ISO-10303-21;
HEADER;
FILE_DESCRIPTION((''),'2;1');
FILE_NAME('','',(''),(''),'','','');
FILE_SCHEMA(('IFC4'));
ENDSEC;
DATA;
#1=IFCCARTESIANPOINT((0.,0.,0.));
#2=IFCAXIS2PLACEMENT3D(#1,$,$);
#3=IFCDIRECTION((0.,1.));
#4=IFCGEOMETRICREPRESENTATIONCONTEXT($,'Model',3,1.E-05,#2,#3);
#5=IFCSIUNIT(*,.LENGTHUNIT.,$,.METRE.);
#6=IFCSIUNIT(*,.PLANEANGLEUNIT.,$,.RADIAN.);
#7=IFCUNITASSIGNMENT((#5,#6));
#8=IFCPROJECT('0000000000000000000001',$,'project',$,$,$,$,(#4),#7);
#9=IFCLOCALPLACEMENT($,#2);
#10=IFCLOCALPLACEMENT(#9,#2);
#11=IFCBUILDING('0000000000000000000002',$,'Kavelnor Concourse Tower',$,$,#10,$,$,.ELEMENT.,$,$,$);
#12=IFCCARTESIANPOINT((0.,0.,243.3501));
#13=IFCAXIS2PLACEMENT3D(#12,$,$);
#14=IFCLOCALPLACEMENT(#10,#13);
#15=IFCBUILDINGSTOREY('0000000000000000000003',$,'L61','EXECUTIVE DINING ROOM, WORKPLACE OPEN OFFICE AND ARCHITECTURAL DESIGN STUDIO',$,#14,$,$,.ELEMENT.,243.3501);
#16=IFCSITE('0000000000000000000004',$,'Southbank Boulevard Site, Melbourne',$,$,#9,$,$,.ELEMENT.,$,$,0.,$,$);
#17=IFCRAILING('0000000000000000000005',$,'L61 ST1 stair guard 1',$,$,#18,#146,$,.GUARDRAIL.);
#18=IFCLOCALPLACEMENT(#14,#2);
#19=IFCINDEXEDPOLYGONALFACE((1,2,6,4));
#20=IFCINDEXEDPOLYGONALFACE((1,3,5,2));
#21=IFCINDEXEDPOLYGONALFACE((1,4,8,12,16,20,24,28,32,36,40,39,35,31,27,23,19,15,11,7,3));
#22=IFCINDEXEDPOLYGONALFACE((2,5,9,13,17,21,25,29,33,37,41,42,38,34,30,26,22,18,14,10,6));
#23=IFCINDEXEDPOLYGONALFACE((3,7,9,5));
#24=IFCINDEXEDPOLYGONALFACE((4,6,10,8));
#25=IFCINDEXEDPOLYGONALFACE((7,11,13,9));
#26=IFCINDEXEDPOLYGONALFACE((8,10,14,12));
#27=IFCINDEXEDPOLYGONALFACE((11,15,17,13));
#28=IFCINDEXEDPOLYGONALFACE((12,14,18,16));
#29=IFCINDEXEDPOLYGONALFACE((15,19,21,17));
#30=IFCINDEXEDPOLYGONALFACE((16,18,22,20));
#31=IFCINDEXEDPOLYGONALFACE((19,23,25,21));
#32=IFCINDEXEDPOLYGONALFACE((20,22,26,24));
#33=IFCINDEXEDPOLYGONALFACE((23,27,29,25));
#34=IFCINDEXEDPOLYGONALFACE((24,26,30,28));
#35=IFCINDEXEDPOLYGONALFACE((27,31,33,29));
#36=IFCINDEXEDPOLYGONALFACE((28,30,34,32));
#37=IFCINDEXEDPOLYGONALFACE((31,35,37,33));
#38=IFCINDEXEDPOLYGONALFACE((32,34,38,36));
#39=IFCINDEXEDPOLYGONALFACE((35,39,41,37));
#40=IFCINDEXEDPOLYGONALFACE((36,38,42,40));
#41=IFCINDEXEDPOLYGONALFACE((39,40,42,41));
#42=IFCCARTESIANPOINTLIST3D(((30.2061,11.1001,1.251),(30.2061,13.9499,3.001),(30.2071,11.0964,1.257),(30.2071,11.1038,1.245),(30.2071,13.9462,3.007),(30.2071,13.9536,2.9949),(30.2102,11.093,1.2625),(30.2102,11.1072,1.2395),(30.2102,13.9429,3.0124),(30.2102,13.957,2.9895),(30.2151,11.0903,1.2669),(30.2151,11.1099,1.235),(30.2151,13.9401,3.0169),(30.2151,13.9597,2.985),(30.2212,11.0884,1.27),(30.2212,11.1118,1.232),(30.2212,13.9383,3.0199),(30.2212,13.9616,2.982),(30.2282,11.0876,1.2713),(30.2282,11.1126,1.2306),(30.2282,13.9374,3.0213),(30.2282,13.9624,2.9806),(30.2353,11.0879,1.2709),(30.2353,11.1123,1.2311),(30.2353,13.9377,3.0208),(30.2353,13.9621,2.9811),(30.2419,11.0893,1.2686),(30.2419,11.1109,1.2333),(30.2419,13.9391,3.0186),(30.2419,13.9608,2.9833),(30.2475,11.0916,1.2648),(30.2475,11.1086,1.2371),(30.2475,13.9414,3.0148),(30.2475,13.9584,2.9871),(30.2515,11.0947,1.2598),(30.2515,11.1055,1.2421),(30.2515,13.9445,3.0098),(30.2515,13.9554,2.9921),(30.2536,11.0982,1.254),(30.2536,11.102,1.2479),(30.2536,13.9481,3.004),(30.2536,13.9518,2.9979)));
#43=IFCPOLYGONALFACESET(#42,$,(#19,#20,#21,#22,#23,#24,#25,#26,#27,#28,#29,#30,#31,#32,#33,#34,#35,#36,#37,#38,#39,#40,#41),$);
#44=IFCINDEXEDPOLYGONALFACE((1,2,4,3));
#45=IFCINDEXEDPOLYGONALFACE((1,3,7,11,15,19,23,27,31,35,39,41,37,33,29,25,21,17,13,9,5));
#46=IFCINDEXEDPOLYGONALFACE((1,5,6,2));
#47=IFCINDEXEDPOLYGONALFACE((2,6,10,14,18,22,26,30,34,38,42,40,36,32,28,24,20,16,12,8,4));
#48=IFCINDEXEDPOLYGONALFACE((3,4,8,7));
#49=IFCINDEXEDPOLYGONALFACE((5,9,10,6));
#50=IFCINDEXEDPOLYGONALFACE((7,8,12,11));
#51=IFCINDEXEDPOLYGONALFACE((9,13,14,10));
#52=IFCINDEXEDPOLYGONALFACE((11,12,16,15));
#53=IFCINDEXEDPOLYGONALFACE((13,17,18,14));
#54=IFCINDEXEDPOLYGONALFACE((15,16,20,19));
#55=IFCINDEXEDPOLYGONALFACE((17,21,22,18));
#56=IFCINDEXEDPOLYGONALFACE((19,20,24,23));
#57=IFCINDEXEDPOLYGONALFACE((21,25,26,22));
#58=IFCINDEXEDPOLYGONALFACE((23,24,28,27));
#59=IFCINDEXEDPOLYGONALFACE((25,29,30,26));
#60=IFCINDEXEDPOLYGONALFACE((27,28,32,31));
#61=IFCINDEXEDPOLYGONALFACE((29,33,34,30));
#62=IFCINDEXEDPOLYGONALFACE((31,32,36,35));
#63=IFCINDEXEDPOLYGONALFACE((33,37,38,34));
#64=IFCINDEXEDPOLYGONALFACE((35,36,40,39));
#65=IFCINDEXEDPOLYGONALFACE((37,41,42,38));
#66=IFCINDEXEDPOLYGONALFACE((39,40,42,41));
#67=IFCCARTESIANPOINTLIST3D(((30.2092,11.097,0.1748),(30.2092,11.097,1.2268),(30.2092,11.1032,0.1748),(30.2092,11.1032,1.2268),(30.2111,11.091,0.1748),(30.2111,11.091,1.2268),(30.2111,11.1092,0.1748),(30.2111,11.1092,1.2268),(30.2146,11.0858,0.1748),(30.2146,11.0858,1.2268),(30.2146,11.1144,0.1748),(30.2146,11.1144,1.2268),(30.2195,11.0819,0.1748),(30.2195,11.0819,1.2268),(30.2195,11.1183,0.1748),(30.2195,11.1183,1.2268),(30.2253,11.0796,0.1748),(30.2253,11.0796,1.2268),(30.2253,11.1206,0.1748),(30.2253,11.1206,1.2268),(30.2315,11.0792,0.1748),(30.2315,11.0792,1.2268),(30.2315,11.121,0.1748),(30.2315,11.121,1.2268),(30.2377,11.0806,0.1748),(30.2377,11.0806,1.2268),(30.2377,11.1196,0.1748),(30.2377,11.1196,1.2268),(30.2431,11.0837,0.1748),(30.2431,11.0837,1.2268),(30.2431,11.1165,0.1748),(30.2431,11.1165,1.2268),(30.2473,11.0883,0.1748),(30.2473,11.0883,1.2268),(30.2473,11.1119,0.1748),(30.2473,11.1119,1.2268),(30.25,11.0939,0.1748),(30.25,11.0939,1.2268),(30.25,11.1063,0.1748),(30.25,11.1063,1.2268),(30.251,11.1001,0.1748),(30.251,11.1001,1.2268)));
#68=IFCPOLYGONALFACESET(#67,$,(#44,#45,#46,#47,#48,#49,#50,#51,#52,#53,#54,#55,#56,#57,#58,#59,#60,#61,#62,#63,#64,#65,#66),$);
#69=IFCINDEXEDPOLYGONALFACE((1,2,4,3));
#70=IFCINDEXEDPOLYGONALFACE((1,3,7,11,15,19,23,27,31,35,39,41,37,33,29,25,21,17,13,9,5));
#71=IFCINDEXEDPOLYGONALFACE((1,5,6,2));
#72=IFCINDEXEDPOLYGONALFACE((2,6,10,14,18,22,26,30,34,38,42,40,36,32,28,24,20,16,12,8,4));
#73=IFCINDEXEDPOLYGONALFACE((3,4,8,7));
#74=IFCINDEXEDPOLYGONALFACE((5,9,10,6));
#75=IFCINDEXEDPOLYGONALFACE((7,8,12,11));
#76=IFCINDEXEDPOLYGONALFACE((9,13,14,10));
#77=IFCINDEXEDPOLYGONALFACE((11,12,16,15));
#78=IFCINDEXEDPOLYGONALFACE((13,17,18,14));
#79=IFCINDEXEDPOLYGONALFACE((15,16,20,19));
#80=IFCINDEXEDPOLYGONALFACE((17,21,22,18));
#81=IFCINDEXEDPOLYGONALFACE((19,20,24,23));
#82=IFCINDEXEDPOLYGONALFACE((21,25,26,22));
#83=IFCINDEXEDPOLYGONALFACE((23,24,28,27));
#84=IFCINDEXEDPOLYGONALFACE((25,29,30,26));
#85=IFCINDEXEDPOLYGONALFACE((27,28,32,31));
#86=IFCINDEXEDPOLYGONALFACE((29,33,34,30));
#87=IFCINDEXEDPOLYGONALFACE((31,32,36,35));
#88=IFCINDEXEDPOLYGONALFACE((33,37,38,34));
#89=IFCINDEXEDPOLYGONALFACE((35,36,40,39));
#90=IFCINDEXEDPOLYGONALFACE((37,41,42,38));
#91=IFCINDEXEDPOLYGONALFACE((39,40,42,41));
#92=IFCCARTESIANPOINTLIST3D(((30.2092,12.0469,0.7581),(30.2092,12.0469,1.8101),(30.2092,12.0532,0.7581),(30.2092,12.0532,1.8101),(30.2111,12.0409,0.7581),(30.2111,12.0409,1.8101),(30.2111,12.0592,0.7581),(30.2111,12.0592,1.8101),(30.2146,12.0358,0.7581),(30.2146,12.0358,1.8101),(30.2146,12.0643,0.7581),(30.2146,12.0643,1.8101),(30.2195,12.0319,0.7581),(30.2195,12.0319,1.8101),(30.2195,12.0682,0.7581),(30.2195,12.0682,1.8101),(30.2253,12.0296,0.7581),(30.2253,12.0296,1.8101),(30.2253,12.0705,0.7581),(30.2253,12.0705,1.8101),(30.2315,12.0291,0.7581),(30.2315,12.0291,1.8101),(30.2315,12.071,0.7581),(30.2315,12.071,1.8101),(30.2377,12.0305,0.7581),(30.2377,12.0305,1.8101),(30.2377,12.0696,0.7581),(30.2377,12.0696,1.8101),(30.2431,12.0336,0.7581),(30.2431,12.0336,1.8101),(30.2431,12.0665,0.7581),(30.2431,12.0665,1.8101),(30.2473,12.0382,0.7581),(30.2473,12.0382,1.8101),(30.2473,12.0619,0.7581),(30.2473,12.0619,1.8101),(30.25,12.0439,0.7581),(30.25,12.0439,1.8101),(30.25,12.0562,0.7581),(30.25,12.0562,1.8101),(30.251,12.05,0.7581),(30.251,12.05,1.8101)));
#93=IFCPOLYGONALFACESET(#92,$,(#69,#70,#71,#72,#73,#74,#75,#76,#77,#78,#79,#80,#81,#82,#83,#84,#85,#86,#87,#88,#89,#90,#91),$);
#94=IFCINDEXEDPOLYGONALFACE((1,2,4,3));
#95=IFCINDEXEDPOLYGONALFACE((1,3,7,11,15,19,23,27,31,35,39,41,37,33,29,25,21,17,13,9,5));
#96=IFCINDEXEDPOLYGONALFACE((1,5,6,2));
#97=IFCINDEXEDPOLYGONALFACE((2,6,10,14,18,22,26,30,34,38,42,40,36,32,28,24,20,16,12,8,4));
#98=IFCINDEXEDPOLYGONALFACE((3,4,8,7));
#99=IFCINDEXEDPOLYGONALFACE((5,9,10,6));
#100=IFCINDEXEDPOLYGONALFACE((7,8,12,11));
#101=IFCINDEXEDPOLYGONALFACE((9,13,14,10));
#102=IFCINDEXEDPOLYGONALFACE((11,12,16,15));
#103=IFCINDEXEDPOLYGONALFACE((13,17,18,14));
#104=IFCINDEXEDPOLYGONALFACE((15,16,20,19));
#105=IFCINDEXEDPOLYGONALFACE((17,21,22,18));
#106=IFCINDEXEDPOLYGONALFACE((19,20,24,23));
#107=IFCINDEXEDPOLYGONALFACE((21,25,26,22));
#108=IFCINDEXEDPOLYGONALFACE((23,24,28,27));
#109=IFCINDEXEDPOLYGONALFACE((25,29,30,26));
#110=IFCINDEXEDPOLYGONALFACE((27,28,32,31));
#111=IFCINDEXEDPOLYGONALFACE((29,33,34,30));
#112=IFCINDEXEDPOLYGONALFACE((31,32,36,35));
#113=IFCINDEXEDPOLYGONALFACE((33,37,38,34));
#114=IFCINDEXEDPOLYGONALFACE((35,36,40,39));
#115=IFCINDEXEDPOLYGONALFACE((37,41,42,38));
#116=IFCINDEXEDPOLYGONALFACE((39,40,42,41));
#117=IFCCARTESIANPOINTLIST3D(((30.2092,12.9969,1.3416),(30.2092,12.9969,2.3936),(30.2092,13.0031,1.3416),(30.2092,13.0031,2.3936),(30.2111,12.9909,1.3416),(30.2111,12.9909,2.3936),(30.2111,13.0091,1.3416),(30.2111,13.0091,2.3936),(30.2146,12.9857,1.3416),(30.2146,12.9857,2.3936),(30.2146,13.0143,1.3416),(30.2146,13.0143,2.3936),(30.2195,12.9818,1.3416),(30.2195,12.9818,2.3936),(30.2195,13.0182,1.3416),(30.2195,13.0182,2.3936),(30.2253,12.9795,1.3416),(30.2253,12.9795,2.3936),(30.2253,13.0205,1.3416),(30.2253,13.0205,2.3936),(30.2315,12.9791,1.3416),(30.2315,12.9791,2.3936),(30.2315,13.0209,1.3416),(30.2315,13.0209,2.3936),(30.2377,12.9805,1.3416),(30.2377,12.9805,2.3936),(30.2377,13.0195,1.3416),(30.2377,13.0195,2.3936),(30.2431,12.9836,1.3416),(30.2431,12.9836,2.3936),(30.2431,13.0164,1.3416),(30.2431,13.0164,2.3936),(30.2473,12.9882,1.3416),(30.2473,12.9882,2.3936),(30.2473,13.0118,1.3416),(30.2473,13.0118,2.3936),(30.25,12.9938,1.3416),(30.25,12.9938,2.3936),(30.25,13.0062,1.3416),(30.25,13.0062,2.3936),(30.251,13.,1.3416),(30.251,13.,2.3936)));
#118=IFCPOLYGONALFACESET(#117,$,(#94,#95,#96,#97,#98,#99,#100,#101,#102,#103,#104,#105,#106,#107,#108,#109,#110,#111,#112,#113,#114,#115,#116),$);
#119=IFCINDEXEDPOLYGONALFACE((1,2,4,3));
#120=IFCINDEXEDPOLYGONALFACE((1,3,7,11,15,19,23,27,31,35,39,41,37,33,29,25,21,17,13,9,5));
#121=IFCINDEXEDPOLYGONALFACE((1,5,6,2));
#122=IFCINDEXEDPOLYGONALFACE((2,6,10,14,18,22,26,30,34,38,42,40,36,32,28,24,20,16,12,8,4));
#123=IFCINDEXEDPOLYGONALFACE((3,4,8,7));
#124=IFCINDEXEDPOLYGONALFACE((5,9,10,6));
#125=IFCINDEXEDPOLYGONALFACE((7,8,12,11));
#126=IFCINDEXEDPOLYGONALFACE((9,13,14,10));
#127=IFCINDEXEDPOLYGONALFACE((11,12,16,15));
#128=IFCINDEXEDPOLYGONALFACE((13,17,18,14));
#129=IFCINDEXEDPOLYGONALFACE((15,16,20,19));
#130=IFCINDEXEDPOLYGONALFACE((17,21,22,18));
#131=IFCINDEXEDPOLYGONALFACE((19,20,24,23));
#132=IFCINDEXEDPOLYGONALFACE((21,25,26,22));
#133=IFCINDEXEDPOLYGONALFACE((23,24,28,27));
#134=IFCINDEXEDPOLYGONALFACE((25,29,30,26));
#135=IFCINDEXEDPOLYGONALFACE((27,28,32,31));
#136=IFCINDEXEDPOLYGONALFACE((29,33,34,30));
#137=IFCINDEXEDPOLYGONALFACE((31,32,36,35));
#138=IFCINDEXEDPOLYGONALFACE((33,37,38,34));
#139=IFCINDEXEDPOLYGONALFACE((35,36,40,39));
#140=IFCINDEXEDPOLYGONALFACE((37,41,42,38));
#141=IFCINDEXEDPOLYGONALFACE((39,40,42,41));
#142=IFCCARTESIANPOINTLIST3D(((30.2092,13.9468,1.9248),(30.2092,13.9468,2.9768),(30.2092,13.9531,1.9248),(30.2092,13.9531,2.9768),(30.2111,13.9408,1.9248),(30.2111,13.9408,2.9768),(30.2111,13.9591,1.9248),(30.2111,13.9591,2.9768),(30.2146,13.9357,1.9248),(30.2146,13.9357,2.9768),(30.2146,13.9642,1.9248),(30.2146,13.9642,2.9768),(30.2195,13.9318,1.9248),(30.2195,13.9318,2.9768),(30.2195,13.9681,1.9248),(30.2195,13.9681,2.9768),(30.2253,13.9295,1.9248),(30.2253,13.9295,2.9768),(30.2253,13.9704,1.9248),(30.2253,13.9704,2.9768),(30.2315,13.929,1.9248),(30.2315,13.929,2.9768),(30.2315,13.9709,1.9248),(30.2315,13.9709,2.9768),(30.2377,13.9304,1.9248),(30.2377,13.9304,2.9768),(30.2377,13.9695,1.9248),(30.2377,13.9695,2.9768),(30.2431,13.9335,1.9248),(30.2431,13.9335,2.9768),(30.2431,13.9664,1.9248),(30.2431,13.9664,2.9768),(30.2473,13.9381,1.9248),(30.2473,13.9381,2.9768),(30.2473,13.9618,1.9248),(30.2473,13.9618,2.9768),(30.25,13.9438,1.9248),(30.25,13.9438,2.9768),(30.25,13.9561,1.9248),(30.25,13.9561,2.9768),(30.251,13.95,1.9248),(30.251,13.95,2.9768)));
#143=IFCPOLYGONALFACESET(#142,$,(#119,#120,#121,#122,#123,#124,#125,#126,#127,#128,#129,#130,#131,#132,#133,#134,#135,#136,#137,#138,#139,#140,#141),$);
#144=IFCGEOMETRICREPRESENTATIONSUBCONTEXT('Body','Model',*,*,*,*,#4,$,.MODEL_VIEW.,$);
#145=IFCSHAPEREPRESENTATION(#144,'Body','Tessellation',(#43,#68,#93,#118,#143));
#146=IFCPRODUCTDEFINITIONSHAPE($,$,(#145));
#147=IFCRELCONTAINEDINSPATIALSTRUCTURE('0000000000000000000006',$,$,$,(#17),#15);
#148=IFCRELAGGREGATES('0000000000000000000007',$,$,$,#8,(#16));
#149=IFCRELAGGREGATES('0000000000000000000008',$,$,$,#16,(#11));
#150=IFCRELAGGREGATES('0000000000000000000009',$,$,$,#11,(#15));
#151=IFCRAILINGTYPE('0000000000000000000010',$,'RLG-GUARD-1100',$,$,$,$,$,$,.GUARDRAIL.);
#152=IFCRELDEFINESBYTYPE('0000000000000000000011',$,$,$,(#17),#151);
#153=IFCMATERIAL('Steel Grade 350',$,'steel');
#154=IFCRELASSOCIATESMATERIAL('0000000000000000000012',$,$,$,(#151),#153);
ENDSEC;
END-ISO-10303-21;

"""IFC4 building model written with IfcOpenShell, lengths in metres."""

from ifc_helpers import new_model, si_unit, direction, frame, origin, origin_2d, place, context, subcontext, project, spatial, circle, extrude, material, type_object, element, save


model = new_model("IFC4")

# Units and contexts
model_context = context("Model", 3, precision=1e-05, world=origin(), true_north=direction((0.0, 1.0)))
body_context = subcontext(model_context, "Body", "Model", "MODEL_VIEW")
ifc_project = project(units=[si_unit("LENGTHUNIT", "METRE"), si_unit("PLANEANGLEUNIT", "RADIAN")], contexts=[model_context])

# Site, building, storey
site_placement = place(None, origin())
site = spatial("IfcSite", under=ifc_project, at=site_placement, Name="Southbank Boulevard Site, Melbourne", CompositionType="ELEMENT", RefElevation=0.0)
building_placement = place(site_placement, origin())
building = spatial("IfcBuilding", under=site, at=building_placement, Name="Kavelnor Concourse Tower", CompositionType="ELEMENT")
storey_placement = place(building_placement, frame((0.0, 0.0, 243.3501)))
storey = spatial("IfcBuildingStorey", under=building, at=storey_placement, Name="L61", Description="EXECUTIVE DINING ROOM, WORKPLACE OPEN OFFICE AND ARCHITECTURAL DESIGN STUDIO", CompositionType="ELEMENT", Elevation=243.3501)

# Shared definitions
ifc_material_1 = material(Name="Steel Grade 350", Category="steel")

# Railing
railing_type_1 = type_object("IfcRailingType", Name="RLG-GUARD-1100", PredefinedType="GUARDRAIL", material=ifc_material_1)
railing_1_placement = place(storey_placement, frame((30.23, 11.1001, 0.1748)))
element("IfcRailing", 1, at=railing_1_placement, inside=storey, type_object=railing_type_1, Name="L61 ST1 stair guard 1", PredefinedType="GUARDRAIL", context=body_context, shape_type="SweptSolid", body=[
    extrude(circle(Radius=0.0239, at=origin_2d()), frame((0.0, 0.0, 1.0762), z_axis=(0.0, 0.852159, 0.523283), x_axis=(-1.0, 0.0, 0.0)), (0.0, 0.0, 1.0), 3.3442),
    extrude(circle(Radius=0.021, at=origin_2d()), origin(), (0.0, 0.0, 1.0), 1.052),
    extrude(circle(Radius=0.021, at=origin_2d()), frame((0.0, 0.95, 0.5833)), (0.0, 0.0, 1.0), 1.052),
    extrude(circle(Radius=0.021, at=origin_2d()), frame((0.0, 1.8999, 1.1667)), (0.0, 0.0, 1.0), 1.052),
    extrude(circle(Radius=0.021, at=origin_2d()), frame((0.0, 2.8499, 1.75)), (0.0, 0.0, 1.0), 1.052),
])

save(model, "model.ifc")
